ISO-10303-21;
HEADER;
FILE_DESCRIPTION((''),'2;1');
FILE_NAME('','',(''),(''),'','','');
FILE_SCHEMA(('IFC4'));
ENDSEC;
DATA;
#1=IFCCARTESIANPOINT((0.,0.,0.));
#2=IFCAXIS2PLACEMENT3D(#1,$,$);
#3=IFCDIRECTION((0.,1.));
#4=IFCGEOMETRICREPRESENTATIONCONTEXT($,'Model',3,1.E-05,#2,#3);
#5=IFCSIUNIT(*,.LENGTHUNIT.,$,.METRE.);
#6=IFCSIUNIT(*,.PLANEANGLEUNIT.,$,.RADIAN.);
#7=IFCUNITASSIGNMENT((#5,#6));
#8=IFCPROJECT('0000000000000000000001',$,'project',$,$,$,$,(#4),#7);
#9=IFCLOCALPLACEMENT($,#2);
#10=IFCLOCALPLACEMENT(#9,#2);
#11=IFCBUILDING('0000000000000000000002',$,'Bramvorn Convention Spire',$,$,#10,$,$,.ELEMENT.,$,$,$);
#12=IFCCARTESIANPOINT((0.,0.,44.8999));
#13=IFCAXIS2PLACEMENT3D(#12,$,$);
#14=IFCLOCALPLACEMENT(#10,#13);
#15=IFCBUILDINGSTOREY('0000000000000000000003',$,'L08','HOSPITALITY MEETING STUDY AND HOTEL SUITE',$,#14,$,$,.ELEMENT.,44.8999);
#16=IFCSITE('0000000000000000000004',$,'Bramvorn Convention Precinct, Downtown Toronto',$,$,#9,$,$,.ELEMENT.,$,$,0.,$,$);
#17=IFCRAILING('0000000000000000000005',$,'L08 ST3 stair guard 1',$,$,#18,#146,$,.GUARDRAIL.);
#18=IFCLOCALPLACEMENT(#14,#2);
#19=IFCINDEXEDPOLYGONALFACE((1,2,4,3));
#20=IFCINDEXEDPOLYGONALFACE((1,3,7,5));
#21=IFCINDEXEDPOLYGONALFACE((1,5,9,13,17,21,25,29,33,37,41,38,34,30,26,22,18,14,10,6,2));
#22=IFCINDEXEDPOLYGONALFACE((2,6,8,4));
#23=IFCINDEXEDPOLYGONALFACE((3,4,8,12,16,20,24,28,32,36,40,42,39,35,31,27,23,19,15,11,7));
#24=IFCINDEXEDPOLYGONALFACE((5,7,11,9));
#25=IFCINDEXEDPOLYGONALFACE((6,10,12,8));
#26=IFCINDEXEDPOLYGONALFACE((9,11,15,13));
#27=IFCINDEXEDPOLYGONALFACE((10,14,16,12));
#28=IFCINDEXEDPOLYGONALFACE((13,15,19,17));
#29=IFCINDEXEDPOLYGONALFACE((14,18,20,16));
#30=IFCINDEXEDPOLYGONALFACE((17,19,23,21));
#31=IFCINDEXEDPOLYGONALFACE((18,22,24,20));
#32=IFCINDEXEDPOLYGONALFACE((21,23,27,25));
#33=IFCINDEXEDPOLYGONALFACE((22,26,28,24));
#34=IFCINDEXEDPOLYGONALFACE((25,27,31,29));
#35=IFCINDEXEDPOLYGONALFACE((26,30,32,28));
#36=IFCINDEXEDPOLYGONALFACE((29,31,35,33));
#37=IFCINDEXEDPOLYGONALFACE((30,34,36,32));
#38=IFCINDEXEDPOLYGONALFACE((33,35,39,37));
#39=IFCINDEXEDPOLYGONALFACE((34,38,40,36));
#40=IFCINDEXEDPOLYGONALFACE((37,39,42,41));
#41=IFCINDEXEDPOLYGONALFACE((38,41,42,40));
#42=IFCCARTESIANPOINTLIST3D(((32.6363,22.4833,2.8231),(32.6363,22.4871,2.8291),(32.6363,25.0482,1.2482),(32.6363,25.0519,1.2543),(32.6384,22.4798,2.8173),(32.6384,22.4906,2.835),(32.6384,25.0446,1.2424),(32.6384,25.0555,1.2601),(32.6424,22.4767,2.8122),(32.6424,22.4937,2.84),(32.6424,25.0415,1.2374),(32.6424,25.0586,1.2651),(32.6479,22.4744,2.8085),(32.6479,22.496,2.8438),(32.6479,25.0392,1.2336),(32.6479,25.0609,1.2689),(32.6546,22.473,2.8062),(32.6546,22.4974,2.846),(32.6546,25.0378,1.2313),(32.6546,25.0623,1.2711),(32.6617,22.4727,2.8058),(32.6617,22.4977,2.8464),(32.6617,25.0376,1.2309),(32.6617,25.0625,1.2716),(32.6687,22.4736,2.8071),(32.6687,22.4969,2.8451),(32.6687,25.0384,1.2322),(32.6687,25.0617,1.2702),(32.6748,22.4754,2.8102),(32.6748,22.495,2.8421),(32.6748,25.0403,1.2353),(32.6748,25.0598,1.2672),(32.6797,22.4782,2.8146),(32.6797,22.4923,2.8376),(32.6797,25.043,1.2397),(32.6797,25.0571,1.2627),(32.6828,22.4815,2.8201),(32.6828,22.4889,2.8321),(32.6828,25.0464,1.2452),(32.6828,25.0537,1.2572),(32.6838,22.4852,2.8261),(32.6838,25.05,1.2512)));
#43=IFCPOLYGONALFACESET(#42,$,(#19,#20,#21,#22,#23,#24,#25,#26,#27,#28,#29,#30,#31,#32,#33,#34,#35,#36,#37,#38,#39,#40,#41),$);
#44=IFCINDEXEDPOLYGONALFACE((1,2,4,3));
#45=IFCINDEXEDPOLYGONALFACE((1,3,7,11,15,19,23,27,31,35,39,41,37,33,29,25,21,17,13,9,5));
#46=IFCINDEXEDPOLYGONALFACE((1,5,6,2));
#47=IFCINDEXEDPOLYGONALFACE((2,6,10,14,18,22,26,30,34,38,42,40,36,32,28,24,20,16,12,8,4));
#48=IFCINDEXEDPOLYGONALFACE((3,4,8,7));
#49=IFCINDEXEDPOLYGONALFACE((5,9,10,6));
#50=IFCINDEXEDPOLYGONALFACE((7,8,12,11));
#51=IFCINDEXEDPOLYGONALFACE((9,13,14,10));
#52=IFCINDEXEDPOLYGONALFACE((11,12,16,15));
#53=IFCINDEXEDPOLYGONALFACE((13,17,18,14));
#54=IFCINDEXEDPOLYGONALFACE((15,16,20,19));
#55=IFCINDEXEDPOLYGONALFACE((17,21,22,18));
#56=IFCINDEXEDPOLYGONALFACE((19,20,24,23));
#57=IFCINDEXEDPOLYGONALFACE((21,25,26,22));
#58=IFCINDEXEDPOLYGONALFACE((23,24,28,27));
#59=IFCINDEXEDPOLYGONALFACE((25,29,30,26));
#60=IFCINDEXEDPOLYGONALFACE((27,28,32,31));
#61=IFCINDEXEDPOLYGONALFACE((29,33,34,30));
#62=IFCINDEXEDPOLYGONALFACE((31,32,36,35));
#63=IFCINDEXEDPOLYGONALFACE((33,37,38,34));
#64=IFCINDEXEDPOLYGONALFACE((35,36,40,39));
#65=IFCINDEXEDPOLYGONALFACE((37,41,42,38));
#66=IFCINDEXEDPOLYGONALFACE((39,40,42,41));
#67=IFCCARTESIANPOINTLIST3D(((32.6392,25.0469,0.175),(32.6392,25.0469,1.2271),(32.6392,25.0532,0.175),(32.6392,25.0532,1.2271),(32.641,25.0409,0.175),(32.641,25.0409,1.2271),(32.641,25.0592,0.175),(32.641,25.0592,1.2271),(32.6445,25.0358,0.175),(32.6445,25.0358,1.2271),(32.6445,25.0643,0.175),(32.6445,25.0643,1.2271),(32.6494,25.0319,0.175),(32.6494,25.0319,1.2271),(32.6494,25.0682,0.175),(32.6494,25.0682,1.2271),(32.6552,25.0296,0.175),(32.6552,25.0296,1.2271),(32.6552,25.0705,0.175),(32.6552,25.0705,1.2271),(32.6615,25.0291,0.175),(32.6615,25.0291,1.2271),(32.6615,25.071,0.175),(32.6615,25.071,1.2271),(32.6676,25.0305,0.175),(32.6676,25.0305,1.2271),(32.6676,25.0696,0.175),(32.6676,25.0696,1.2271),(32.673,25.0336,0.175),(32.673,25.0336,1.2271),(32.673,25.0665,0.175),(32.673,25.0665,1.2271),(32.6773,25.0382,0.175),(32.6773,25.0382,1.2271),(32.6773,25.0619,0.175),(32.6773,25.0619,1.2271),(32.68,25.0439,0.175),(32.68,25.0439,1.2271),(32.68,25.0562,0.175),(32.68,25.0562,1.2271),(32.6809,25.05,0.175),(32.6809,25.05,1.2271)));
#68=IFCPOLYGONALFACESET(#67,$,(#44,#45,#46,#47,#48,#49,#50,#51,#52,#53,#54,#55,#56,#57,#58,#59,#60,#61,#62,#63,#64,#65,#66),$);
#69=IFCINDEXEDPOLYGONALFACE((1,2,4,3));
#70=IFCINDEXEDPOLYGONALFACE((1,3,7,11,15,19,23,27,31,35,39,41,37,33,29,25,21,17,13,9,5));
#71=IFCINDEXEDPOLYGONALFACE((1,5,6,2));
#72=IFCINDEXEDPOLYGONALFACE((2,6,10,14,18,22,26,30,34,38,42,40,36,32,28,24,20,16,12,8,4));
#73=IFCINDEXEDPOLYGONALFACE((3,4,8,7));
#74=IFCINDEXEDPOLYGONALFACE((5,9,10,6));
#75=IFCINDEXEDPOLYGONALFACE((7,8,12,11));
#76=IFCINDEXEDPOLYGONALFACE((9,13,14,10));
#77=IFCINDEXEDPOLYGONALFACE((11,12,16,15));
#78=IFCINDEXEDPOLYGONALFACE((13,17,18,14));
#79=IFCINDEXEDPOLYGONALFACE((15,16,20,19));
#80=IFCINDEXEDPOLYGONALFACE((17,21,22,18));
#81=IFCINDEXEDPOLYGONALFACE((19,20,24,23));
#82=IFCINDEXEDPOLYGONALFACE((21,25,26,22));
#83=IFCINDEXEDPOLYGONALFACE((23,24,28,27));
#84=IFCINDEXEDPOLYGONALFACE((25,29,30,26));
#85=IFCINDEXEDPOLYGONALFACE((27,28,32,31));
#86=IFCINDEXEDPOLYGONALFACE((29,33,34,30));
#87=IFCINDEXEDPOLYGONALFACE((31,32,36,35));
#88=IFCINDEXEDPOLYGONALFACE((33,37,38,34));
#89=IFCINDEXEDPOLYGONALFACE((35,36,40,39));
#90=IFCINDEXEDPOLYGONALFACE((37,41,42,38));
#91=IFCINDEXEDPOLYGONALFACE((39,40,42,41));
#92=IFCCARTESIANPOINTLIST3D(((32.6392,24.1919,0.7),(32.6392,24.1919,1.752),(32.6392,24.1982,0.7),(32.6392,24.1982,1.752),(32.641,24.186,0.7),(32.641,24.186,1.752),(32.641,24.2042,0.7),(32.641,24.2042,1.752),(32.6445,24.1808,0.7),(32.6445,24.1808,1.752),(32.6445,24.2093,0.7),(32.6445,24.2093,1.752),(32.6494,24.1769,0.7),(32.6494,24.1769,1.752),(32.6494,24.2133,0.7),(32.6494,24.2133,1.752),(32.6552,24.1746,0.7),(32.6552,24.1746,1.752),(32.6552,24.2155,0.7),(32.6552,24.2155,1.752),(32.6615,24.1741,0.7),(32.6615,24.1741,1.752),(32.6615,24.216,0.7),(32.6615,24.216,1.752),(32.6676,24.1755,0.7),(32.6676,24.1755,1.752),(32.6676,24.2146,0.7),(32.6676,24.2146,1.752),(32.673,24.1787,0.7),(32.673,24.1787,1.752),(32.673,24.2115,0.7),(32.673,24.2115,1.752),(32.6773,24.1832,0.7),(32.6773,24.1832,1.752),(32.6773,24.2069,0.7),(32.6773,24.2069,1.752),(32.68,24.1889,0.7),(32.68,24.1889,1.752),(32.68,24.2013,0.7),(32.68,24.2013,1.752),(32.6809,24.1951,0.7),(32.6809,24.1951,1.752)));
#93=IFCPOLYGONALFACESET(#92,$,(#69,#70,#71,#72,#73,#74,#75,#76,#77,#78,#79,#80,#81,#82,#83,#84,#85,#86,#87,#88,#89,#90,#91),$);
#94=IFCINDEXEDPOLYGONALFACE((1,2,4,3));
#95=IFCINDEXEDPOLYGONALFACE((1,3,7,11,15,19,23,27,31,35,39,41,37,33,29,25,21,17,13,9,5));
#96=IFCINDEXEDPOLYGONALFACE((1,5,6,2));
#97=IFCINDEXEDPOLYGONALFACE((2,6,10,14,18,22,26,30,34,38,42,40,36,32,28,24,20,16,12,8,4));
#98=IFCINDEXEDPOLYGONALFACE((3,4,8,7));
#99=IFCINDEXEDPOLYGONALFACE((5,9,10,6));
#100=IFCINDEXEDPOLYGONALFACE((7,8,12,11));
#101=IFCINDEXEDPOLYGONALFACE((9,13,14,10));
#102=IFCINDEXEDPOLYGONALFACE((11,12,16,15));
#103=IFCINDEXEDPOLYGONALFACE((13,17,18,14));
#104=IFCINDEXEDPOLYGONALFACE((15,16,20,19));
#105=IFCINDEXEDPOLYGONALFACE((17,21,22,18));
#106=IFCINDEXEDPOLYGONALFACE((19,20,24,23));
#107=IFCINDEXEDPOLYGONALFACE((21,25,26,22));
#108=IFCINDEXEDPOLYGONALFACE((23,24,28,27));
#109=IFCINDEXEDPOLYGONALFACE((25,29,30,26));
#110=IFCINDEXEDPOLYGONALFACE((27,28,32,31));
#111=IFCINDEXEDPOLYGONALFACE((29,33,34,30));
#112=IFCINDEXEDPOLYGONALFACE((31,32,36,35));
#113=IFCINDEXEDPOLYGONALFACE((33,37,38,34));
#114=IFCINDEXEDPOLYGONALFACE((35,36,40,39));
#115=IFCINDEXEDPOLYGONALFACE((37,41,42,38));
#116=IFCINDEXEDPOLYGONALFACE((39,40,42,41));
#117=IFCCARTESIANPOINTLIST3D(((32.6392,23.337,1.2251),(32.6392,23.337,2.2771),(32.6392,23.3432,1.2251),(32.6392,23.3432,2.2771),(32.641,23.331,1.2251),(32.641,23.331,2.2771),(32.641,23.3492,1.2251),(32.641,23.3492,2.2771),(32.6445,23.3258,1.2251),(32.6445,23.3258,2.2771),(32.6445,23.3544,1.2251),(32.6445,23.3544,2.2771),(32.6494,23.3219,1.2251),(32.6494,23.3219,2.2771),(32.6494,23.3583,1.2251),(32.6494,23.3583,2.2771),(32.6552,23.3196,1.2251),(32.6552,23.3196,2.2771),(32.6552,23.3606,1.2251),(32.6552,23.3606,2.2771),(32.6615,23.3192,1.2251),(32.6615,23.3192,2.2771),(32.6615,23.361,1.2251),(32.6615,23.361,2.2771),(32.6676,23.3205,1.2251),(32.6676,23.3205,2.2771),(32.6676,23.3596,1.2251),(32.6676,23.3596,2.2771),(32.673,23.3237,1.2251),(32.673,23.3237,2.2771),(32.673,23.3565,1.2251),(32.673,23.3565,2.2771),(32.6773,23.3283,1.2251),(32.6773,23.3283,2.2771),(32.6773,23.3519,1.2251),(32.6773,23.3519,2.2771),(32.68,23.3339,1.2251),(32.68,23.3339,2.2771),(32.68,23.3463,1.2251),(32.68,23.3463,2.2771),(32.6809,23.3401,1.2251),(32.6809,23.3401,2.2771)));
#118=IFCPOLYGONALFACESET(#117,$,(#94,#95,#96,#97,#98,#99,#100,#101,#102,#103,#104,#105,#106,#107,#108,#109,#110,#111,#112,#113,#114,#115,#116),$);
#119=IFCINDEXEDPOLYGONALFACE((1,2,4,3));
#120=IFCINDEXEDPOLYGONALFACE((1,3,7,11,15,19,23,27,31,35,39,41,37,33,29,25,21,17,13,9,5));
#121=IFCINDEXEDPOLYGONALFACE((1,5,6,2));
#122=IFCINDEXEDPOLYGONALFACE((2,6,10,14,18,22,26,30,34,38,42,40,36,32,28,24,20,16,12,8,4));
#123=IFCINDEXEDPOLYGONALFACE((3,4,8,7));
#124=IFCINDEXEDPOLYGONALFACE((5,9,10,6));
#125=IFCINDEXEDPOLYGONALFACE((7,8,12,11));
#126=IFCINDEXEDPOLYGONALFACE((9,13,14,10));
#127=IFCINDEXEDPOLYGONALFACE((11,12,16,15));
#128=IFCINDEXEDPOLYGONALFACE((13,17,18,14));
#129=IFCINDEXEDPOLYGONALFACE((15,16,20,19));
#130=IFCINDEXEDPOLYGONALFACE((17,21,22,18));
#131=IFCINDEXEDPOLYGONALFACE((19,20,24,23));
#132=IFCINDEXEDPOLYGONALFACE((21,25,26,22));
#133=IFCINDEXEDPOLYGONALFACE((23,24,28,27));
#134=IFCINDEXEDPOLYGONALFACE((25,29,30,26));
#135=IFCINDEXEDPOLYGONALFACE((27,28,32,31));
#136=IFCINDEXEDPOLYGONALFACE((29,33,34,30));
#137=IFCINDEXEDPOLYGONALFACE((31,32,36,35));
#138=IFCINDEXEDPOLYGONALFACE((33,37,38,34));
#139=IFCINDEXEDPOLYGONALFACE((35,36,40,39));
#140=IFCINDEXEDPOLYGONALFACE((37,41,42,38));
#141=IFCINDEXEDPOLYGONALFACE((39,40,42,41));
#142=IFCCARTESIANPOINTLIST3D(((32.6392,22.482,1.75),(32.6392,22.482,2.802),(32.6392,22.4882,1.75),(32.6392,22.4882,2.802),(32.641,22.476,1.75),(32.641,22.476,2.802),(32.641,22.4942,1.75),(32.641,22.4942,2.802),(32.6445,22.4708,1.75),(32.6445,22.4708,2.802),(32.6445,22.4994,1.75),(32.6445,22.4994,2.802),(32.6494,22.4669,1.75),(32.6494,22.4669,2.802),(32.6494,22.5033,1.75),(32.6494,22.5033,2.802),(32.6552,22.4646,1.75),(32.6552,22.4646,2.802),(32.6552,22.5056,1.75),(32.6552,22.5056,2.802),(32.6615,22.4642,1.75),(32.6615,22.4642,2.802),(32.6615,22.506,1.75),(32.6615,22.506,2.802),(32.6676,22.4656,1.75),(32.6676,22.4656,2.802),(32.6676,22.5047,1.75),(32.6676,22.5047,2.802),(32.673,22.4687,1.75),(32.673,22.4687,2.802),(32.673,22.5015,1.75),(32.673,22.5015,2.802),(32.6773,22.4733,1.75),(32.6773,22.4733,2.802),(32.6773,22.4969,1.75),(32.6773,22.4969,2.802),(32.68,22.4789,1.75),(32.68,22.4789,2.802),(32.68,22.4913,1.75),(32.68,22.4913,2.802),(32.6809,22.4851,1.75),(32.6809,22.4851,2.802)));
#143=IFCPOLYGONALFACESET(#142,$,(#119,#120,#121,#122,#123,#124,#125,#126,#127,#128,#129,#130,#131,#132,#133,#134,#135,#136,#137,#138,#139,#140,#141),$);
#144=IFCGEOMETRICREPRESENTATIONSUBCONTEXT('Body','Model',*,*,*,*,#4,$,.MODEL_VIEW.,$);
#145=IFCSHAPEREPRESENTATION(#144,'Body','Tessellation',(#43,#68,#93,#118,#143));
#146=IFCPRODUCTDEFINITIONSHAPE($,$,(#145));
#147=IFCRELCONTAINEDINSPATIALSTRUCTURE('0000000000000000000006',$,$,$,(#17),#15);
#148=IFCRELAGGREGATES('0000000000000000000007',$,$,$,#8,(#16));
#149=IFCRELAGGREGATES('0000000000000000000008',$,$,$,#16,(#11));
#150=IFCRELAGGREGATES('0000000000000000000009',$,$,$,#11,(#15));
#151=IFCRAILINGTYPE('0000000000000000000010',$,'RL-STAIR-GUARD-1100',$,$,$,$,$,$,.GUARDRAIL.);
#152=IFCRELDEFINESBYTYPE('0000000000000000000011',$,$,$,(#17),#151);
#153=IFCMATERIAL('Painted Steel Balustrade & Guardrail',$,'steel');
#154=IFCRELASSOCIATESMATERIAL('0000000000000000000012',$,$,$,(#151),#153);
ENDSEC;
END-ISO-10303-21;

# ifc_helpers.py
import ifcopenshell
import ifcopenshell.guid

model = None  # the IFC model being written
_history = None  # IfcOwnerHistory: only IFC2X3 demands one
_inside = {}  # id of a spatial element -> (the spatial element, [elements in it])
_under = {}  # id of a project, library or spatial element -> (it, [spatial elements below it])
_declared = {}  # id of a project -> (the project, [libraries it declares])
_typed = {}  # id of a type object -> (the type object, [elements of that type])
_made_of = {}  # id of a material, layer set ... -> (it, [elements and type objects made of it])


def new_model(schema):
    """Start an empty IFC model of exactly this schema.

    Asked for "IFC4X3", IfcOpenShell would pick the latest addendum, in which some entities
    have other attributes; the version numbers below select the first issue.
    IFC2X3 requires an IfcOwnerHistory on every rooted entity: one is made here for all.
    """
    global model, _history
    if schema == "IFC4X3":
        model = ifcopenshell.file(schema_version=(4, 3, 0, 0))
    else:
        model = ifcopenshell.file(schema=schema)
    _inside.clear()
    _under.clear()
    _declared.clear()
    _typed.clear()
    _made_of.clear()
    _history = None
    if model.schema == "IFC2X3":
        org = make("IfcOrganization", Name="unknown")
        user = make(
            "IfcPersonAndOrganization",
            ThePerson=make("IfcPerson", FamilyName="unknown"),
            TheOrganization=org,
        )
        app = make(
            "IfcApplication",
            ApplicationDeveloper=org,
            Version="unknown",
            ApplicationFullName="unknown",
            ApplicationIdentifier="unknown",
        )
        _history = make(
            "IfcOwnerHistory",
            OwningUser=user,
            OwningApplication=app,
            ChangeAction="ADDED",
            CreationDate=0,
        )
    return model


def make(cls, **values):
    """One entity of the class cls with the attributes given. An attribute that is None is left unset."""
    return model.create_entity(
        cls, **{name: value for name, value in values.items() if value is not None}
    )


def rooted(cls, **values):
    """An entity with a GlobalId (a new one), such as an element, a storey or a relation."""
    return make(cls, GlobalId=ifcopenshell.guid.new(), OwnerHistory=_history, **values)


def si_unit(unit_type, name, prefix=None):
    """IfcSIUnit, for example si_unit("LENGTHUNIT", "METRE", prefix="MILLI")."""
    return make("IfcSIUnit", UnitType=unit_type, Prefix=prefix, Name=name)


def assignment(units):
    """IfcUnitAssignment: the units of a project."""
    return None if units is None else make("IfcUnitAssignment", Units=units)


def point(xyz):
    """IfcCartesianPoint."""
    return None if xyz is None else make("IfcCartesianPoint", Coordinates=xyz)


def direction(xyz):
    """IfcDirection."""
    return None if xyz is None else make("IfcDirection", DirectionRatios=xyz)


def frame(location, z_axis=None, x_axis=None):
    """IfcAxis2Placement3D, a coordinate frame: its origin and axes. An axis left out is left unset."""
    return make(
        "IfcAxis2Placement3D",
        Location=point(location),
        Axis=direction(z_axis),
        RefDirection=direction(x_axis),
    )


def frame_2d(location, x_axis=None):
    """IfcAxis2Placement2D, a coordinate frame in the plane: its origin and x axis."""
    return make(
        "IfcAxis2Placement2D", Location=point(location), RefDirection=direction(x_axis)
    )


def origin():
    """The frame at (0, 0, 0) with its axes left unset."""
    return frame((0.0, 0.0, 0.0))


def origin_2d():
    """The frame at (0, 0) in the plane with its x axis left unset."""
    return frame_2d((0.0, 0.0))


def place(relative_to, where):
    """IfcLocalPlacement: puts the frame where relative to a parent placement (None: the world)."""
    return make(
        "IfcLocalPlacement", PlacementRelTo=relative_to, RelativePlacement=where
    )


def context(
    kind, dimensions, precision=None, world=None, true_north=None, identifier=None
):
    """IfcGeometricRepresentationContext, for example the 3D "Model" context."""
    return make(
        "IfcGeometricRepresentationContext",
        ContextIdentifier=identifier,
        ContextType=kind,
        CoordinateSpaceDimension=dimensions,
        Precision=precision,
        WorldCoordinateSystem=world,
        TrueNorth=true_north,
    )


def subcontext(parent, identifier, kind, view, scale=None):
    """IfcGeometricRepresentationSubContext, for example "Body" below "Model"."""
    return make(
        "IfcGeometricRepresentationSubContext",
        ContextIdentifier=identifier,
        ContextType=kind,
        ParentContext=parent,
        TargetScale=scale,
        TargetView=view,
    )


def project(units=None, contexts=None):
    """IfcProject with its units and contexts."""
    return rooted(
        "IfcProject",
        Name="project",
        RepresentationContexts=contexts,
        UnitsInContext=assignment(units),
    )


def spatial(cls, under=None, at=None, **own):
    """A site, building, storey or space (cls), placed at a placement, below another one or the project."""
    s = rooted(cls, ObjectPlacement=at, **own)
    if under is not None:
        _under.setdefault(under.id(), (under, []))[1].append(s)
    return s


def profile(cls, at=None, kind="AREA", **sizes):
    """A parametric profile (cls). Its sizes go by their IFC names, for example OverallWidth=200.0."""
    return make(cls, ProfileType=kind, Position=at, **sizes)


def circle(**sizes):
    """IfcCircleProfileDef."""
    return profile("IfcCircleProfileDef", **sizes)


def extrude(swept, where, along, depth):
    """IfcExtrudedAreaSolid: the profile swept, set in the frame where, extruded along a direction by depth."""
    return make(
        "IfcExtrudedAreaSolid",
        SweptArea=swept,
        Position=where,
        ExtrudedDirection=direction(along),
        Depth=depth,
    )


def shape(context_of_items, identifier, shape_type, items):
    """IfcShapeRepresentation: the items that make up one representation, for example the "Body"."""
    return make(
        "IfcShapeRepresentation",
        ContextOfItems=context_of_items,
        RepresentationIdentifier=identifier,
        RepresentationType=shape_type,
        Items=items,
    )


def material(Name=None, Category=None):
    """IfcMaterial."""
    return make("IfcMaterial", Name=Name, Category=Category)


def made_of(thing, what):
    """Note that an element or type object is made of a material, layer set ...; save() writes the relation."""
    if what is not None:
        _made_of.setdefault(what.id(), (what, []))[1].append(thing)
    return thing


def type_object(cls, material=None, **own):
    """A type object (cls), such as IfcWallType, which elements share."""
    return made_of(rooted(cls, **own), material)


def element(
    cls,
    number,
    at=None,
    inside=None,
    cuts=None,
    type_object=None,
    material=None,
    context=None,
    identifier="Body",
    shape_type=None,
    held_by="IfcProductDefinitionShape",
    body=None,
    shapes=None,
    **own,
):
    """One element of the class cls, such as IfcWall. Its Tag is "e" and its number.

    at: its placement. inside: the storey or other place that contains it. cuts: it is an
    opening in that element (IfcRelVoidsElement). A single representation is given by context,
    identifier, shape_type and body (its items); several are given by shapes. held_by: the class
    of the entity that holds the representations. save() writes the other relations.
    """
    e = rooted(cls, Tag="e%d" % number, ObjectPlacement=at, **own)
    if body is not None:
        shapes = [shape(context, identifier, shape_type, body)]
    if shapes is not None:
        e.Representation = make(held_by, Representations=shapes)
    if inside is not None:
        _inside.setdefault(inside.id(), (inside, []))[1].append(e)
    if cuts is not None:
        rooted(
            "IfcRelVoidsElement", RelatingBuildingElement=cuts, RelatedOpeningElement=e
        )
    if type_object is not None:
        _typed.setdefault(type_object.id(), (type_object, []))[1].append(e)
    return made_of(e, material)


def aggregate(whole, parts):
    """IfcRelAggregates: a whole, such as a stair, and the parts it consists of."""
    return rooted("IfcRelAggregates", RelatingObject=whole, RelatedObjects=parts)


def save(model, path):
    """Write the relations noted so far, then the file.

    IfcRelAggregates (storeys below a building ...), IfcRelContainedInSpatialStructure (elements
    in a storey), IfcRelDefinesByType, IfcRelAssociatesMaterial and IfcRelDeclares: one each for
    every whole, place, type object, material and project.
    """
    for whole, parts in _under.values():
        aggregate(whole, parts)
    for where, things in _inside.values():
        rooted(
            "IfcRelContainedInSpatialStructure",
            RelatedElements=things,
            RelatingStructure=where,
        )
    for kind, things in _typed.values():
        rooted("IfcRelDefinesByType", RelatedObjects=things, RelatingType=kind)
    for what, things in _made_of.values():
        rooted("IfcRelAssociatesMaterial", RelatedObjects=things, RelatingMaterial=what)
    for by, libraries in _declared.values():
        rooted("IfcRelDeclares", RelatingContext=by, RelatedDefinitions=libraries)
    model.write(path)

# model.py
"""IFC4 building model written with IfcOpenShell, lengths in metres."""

from ifc_helpers import new_model, si_unit, direction, frame, origin, origin_2d, place, context, subcontext, project, spatial, circle, extrude, material, type_object, element, save


model = new_model("IFC4")

# Units and contexts
model_context = context("Model", 3, precision=1e-05, world=origin(), true_north=direction((0.0, 1.0)))
body_context = subcontext(model_context, "Body", "Model", "MODEL_VIEW")
ifc_project = project(units=[si_unit("LENGTHUNIT", "METRE"), si_unit("PLANEANGLEUNIT", "RADIAN")], contexts=[model_context])

# Site, building, storey
site_placement = place(None, origin())
site = spatial("IfcSite", under=ifc_project, at=site_placement, Name="Bramvorn Convention Precinct, Downtown Toronto", CompositionType="ELEMENT", RefElevation=0.0)
building_placement = place(site_placement, origin())
building = spatial("IfcBuilding", under=site, at=building_placement, Name="Bramvorn Convention Spire", CompositionType="ELEMENT")
storey_placement = place(building_placement, frame((0.0, 0.0, 44.8999)))
storey = spatial("IfcBuildingStorey", under=building, at=storey_placement, Name="L08", Description="HOSPITALITY MEETING STUDY AND HOTEL SUITE", CompositionType="ELEMENT", Elevation=44.8999)

# Railing
ifc_material_1 = material(Name="Painted Steel Balustrade & Guardrail", Category="steel")
railing_type_1 = type_object("IfcRailingType", Name="RL-STAIR-GUARD-1100", PredefinedType="GUARDRAIL", material=ifc_material_1)
railing_1_placement = place(storey_placement, frame((32.6599, 25.05, 0.175)))
element("IfcRailing", 1, at=railing_1_placement, inside=storey, type_object=railing_type_1, Name="L08 ST3 stair guard 1", PredefinedType="GUARDRAIL", context=body_context, shape_type="SweptSolid", body=[
    extrude(circle(Radius=0.0239, at=origin_2d()), frame((0.0, 0.0, 1.0762), z_axis=(0.0, -0.852173, 0.52326), x_axis=(1.0, 0.0, 0.0)), (0.0, 0.0, 1.0), 3.0098),
    extrude(circle(Radius=0.021, at=origin_2d()), origin(), (0.0, 0.0, 1.0), 1.052),
    extrude(circle(Radius=0.021, at=origin_2d()), frame((0.0, -0.855, 0.5249)), (0.0, 0.0, 1.0), 1.052),
    extrude(circle(Radius=0.021, at=origin_2d()), frame((0.0, -1.71, 1.05)), (0.0, 0.0, 1.0), 1.052),
    extrude(circle(Radius=0.021, at=origin_2d()), frame((0.0, -2.5649, 1.575)), (0.0, 0.0, 1.0), 1.052),
])

save(model, "model.ifc")
